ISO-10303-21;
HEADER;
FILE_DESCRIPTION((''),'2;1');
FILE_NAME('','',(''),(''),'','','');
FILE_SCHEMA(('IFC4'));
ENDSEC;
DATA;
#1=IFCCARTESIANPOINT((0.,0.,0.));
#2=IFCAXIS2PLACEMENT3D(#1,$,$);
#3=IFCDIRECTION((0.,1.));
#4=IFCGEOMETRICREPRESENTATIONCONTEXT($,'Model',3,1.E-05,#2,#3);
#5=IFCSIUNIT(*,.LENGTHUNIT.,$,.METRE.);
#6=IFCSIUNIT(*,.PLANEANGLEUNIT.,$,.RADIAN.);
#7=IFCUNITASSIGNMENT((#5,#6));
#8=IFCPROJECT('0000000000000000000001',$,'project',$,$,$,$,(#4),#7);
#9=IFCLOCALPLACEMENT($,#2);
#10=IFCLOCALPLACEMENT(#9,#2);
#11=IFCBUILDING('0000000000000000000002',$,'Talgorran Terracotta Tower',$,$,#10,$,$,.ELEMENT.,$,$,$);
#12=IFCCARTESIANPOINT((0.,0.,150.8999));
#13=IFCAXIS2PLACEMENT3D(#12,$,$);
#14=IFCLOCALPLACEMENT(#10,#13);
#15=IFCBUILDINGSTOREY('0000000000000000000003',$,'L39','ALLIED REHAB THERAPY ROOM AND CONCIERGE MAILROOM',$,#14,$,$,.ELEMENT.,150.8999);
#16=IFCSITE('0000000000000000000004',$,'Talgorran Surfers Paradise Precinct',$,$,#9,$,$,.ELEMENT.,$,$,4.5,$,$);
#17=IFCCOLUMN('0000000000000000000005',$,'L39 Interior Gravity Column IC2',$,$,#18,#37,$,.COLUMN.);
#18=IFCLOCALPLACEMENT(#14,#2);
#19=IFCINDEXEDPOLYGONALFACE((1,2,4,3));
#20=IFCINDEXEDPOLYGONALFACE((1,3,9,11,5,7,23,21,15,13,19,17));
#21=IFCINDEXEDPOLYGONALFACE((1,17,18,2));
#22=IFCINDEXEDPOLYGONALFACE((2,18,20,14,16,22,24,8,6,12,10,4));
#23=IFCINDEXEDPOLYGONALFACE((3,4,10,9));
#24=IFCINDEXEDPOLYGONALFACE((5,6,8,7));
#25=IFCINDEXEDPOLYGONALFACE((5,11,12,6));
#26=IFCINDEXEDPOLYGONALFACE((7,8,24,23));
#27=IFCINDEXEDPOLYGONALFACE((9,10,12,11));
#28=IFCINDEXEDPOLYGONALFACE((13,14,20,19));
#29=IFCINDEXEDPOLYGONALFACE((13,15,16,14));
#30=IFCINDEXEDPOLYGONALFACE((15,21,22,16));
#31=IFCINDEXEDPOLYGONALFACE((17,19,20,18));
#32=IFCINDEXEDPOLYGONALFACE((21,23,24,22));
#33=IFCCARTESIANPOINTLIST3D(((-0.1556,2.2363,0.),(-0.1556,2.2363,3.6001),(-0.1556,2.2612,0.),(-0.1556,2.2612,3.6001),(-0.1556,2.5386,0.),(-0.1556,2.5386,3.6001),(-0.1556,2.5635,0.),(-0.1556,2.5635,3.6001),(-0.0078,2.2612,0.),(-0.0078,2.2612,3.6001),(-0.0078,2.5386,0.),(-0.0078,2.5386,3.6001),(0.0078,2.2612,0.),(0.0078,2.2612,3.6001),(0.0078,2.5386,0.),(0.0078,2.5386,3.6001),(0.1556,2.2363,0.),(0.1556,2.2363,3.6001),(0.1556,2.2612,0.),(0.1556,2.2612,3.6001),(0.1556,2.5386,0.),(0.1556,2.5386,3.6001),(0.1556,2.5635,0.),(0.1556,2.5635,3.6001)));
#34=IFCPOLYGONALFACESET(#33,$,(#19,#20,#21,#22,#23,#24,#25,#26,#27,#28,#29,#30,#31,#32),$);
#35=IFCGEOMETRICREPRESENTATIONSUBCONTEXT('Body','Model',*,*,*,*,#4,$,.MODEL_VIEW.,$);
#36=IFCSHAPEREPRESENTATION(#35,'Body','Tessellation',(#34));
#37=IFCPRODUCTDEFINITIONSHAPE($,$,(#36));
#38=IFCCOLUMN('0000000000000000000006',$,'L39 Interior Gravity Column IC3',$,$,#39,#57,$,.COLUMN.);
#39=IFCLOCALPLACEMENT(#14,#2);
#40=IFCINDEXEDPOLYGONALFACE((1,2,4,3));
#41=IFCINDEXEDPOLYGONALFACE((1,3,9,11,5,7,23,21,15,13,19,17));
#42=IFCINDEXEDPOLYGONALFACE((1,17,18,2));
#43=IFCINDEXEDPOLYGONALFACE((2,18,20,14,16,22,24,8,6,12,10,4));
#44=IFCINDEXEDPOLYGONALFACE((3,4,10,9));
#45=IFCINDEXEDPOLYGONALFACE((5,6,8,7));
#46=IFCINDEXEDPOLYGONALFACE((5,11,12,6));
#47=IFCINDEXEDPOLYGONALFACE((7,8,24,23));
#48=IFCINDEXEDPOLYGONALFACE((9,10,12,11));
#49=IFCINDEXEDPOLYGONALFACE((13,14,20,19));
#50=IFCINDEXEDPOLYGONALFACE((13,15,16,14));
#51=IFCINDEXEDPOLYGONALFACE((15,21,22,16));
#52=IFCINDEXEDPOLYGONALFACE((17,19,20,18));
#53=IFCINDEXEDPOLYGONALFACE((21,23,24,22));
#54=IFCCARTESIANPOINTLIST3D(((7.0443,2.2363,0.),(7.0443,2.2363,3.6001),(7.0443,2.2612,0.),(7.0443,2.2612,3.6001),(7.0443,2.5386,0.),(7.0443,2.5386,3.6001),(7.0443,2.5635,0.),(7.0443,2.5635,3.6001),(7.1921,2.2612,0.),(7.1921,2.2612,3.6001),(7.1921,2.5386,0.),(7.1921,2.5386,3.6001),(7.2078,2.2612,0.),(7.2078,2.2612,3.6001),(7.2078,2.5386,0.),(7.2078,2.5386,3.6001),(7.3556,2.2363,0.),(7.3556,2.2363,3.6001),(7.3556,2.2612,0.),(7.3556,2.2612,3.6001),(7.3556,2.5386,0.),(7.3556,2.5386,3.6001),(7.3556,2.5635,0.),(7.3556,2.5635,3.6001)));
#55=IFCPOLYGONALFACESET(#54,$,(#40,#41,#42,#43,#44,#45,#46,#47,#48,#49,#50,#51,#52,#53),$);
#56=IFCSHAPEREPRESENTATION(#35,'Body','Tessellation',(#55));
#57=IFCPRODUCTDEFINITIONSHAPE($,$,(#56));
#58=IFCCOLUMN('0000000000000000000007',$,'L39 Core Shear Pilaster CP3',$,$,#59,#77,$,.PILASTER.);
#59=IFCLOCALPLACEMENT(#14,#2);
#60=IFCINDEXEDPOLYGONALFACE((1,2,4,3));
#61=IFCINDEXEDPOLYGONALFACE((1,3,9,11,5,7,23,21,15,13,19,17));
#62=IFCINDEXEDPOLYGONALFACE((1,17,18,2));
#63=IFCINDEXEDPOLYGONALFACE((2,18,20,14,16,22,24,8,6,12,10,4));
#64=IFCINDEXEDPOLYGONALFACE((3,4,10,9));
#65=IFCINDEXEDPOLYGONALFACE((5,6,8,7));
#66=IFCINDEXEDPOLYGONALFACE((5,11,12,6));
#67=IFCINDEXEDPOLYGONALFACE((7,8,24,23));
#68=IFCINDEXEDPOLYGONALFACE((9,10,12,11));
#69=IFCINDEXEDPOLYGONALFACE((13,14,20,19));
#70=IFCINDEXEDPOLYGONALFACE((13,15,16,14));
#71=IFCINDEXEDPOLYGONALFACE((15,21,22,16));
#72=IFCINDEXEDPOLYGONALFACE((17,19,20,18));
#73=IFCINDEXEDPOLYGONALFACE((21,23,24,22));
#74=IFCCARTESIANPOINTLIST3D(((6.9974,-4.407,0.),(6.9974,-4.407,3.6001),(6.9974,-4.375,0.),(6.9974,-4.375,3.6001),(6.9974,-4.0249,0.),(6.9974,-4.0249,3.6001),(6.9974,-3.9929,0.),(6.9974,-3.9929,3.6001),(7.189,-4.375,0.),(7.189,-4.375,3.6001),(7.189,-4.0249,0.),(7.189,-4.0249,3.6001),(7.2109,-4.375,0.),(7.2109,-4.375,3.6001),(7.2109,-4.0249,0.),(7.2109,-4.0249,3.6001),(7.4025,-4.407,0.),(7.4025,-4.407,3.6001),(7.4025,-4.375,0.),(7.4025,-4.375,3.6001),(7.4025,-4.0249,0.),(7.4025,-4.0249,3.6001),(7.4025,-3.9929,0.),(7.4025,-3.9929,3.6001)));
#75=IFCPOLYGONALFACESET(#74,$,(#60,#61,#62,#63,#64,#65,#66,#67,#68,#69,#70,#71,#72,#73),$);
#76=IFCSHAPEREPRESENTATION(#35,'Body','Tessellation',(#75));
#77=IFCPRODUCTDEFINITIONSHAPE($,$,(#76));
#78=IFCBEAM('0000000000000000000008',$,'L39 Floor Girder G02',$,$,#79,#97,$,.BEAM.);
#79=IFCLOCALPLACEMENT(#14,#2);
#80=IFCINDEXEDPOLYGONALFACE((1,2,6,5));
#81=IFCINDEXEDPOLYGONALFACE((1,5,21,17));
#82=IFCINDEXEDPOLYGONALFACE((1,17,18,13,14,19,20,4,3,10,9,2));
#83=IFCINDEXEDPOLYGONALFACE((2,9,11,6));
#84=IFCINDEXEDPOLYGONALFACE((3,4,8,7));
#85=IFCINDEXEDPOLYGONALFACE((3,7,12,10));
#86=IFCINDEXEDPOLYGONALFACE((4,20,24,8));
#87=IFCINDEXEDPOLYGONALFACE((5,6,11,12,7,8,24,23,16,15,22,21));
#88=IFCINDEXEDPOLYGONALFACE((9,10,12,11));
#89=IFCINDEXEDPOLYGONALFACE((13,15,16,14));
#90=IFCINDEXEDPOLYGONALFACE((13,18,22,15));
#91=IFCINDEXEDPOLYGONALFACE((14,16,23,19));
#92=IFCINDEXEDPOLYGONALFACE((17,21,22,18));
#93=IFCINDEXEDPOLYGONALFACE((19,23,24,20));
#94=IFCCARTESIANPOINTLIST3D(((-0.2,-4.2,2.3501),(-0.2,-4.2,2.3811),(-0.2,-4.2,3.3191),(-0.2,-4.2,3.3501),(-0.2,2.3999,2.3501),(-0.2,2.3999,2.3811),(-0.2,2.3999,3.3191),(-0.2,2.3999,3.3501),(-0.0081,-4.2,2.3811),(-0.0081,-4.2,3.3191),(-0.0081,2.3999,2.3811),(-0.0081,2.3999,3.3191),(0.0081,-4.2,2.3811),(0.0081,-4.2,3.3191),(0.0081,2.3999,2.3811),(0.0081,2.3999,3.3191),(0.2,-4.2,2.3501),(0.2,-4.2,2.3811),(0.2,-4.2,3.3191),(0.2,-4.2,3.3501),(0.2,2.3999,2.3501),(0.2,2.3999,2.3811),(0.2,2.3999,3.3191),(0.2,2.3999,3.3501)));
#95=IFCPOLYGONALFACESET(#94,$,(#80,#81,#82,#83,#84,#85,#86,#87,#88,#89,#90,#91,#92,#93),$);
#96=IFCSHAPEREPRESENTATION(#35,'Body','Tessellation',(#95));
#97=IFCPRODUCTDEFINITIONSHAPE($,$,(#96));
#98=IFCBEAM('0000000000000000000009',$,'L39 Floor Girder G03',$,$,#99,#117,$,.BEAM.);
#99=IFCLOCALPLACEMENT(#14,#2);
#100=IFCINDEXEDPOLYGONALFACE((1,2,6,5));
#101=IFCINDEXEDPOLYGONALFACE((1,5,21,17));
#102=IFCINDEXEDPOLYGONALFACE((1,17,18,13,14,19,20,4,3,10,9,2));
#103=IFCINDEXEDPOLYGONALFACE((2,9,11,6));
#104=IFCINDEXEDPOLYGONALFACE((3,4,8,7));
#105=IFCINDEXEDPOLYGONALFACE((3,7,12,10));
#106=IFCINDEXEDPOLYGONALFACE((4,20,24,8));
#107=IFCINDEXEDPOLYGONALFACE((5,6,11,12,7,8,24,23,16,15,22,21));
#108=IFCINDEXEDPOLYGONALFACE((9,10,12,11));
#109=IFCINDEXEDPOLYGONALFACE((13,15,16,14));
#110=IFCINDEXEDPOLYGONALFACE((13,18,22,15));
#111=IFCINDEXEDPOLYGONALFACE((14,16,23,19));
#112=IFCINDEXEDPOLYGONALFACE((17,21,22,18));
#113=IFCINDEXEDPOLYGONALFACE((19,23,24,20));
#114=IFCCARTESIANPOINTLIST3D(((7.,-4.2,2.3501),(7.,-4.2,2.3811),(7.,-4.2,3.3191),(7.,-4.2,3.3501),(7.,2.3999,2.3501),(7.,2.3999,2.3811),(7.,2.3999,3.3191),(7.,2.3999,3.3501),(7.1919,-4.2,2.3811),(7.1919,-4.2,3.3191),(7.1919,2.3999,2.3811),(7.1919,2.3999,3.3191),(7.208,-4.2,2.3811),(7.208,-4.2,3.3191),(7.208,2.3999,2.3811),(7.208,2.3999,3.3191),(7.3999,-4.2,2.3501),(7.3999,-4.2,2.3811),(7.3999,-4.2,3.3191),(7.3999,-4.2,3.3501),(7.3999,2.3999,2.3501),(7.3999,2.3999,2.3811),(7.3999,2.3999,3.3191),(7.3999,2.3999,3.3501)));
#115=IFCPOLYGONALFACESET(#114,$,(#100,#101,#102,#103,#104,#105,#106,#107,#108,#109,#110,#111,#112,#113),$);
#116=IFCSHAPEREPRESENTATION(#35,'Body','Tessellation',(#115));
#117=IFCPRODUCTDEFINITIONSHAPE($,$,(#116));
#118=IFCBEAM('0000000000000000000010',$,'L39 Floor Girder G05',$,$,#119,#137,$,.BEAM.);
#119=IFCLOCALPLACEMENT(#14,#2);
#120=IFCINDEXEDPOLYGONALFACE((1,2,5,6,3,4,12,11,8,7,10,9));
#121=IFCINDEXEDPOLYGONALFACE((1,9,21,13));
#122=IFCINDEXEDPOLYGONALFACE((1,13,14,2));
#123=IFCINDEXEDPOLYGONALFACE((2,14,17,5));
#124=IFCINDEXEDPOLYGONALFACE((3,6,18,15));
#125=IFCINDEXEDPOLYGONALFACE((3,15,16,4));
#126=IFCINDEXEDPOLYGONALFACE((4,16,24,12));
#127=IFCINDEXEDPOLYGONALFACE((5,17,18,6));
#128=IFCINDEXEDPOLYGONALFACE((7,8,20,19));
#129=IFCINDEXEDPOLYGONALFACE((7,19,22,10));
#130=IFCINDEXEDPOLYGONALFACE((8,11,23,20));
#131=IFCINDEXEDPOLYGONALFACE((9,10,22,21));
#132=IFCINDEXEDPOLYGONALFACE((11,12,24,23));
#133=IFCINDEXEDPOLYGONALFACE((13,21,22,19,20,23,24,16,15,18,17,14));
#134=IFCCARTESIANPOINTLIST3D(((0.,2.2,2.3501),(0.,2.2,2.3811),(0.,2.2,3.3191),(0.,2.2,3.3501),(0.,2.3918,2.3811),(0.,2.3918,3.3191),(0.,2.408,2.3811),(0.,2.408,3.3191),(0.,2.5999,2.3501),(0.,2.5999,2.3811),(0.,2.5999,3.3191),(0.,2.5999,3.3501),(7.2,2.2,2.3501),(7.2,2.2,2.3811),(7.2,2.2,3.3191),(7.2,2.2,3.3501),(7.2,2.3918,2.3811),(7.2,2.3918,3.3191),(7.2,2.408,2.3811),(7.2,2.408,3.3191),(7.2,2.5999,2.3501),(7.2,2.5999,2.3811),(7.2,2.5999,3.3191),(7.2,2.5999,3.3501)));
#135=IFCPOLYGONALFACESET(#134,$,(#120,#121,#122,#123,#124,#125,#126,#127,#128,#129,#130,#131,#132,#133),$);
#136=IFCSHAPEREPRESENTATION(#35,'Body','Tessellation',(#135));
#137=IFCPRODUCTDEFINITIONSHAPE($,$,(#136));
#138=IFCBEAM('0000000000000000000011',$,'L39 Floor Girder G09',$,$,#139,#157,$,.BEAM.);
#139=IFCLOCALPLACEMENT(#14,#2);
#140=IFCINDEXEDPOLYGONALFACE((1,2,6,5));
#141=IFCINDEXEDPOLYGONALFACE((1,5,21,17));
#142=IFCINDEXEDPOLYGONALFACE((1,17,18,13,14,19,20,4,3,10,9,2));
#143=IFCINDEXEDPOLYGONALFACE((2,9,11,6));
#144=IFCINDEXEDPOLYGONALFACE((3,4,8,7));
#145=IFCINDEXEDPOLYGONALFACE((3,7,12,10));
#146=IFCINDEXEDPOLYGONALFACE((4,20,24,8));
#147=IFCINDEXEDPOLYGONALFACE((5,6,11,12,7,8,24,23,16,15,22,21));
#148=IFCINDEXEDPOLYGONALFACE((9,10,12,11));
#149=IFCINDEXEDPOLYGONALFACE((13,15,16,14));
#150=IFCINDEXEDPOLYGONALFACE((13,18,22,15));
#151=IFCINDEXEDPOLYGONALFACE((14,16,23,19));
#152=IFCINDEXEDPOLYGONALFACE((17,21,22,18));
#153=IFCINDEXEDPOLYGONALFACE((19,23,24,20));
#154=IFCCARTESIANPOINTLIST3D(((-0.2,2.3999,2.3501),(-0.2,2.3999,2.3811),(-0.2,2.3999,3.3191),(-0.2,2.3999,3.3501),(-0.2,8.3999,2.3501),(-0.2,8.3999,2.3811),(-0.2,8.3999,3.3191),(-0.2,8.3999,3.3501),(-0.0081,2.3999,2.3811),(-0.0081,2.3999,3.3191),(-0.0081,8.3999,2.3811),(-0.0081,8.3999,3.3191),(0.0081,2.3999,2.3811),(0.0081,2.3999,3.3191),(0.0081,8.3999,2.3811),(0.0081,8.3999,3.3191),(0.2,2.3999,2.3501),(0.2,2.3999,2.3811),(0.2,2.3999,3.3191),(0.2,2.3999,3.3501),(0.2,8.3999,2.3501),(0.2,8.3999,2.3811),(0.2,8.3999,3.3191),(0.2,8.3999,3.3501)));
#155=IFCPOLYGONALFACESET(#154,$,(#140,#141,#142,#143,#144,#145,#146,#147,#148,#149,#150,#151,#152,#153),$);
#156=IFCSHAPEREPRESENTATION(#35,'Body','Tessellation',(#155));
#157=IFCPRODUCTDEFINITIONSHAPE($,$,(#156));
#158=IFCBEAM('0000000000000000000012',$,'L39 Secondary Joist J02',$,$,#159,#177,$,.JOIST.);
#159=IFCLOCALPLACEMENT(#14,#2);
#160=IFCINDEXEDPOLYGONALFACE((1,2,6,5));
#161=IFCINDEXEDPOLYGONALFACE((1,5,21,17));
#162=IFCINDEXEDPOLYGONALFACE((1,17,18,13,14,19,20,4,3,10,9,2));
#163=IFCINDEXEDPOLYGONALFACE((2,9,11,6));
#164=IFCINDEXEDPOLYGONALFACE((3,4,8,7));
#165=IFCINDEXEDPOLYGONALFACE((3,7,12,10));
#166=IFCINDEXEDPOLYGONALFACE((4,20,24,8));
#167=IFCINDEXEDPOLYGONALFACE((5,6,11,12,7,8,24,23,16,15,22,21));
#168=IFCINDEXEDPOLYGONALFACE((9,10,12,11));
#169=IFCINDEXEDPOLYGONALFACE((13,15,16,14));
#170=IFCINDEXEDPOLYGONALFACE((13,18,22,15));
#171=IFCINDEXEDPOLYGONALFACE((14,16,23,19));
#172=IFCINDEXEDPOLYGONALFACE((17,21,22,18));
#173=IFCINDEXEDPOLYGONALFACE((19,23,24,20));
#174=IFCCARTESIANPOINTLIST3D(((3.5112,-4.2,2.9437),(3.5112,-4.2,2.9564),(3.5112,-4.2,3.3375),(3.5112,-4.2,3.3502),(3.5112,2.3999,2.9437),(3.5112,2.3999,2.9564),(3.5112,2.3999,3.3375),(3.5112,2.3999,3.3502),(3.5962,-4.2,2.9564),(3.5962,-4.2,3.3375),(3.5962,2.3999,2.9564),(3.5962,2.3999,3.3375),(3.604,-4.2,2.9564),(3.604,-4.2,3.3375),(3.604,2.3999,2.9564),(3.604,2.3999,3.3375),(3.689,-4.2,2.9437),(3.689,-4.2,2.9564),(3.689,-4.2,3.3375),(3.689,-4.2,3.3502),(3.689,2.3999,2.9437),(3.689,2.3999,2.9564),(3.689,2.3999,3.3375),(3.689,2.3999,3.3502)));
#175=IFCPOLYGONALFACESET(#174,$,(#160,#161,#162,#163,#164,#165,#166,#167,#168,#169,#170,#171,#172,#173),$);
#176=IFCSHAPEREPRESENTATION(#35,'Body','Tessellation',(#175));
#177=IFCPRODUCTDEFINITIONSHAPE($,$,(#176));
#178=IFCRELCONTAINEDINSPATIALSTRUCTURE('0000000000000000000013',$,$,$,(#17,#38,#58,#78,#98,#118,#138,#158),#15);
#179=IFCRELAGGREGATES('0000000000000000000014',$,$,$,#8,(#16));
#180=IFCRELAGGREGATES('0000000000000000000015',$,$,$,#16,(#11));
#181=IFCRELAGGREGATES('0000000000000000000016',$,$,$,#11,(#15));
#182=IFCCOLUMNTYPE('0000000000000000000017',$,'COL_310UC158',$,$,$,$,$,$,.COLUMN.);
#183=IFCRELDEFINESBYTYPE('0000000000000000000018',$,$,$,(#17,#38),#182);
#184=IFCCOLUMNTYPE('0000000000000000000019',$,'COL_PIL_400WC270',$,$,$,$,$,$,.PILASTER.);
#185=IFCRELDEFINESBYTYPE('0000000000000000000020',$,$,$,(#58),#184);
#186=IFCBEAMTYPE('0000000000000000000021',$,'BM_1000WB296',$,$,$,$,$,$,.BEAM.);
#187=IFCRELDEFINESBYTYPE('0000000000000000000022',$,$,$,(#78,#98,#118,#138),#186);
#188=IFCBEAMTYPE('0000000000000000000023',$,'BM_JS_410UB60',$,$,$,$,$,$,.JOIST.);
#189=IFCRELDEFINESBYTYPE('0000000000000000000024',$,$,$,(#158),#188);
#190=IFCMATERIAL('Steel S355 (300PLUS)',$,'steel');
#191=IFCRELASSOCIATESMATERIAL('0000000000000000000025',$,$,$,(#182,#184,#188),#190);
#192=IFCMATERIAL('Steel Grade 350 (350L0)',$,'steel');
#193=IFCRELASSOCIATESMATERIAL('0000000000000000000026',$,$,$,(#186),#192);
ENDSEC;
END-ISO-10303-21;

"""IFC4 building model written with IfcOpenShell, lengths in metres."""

from ifc_helpers import new_model, si_unit, direction, frame, origin, origin_2d, place, context, subcontext, project, spatial, i_section, extrude, material, material_profile, profile_set, type_object, element, save


model = new_model("IFC4")

# Units and contexts
model_context = context("Model", 3, precision=1e-05, world=origin(), true_north=direction((0.0, 1.0)))
body_context = subcontext(model_context, "Body", "Model", "MODEL_VIEW")
ifc_project = project(units=[si_unit("LENGTHUNIT", "METRE"), si_unit("PLANEANGLEUNIT", "RADIAN")], contexts=[model_context])

# Site, building, storey
site_placement = place(None, origin())
site = spatial("IfcSite", under=ifc_project, at=site_placement, Name="Talgorran Surfers Paradise Precinct", CompositionType="ELEMENT", RefElevation=4.5)
building_placement = place(site_placement, origin())
building = spatial("IfcBuilding", under=site, at=building_placement, Name="Talgorran Terracotta Tower", CompositionType="ELEMENT")
storey_placement = place(building_placement, frame((0.0, 0.0, 150.8999)))
storey = spatial("IfcBuildingStorey", under=building, at=storey_placement, Name="L39", Description="ALLIED REHAB THERAPY ROOM AND CONCIERGE MAILROOM", CompositionType="ELEMENT", Elevation=150.8999)

# Columns
ifc_material_1 = material(Name="Steel S355 (300PLUS)", Category="steel")
ifc_material_profile_1 = material_profile(ifc_material_1, i_section(OverallWidth=0.3113, OverallDepth=0.3271, WebThickness=0.0156, FlangeThickness=0.0249, at=origin_2d()), Name="310UC158")
ifc_profile_set_1 = profile_set([ifc_material_profile_1], Name="Steel S355 (300PLUS)")
column_type_1 = type_object("IfcColumnType", Name="COL_310UC158", PredefinedType="COLUMN", material=ifc_profile_set_1)
for number, where, z_axis, x_axis, name in (
    (1, (0.0, 2.3999, 0.0), (0.0, 0.0, 1.0), (1.0, 0.0, 0.0), "L39 Interior Gravity Column IC2"),
    (2, (7.2, 2.3999, 0.0), (0.0, 0.0, 1.0), (1.0, 0.0, 0.0), "L39 Interior Gravity Column IC3"),
):
    element("IfcColumn", number, at=place(storey_placement, frame(where, z_axis=z_axis, x_axis=x_axis)), inside=storey, type_object=column_type_1, Name=name, PredefinedType="COLUMN", context=body_context, shape_type="SweptSolid", body=[
        extrude(i_section(OverallWidth=0.3113, OverallDepth=0.3271, WebThickness=0.0156, FlangeThickness=0.0249, at=origin_2d()), origin(), (0.0, 0.0, 1.0), 3.6001),
    ])
ifc_material_profile_2 = material_profile(ifc_material_1, i_section(OverallWidth=0.405, OverallDepth=0.4141, WebThickness=0.022, FlangeThickness=0.032, at=origin_2d()), Name="400WC270")
ifc_profile_set_2 = profile_set([ifc_material_profile_2], Name="Steel S355 (300PLUS)")
column_type_2 = type_object("IfcColumnType", Name="COL_PIL_400WC270", PredefinedType="PILASTER", material=ifc_profile_set_2)
column_placement = place(storey_placement, frame((7.2, -4.2, 0.0), z_axis=(0.0, 0.0, 1.0), x_axis=(1.0, 0.0, 0.0)))
element("IfcColumn", 3, at=column_placement, inside=storey, type_object=column_type_2, Name="L39 Core Shear Pilaster CP3", PredefinedType="PILASTER", context=body_context, shape_type="SweptSolid", body=[
    extrude(i_section(OverallWidth=0.405, OverallDepth=0.4141, WebThickness=0.022, FlangeThickness=0.032, at=origin_2d()), origin(), (0.0, 0.0, 1.0), 3.6001),
])

# Beams
ifc_material_2 = material(Name="Steel Grade 350 (350L0)", Category="steel")
ifc_material_profile_3 = material_profile(ifc_material_2, i_section(OverallWidth=0.3999, OverallDepth=1.0, WebThickness=0.0161, FlangeThickness=0.031, at=origin_2d()), Name="1000WB296")
ifc_profile_set_3 = profile_set([ifc_material_profile_3], Name="Steel Grade 350 (350L0)")
beam_type_1 = type_object("IfcBeamType", Name="BM_1000WB296", PredefinedType="BEAM", material=ifc_profile_set_3)
for number, where, z_axis, x_axis, name in (
    (4, (0.0, -4.2, 2.8501), (0.0, 1.0, 0.0), (-1.0, 0.0, 0.0), "L39 Floor Girder G02"),
    (5, (7.2, -4.2, 2.8501), (0.0, 1.0, 0.0), (-1.0, 0.0, 0.0), "L39 Floor Girder G03"),
):
    element("IfcBeam", number, at=place(storey_placement, frame(where, z_axis=z_axis, x_axis=x_axis)), inside=storey, type_object=beam_type_1, Name=name, PredefinedType="BEAM", context=body_context, shape_type="SweptSolid", body=[
        extrude(i_section(OverallWidth=0.3999, OverallDepth=1.0, WebThickness=0.0161, FlangeThickness=0.031, at=origin_2d()), origin(), (0.0, 0.0, 1.0), 6.5999),
    ])
beam_1_placement = place(storey_placement, frame((0.0, 2.3999, 2.8501), z_axis=(1.0, 0.0, 0.0), x_axis=(0.0, 1.0, 0.0)))
element("IfcBeam", 6, at=beam_1_placement, inside=storey, type_object=beam_type_1, Name="L39 Floor Girder G05", PredefinedType="BEAM", context=body_context, shape_type="SweptSolid", body=[
    extrude(i_section(OverallWidth=0.3999, OverallDepth=1.0, WebThickness=0.0161, FlangeThickness=0.031, at=origin_2d()), origin(), (0.0, 0.0, 1.0), 7.2),
])
beam_2_placement = place(storey_placement, frame((0.0, 2.3999, 2.8501), z_axis=(0.0, 1.0, 0.0), x_axis=(-1.0, 0.0, 0.0)))
element("IfcBeam", 7, at=beam_2_placement, inside=storey, type_object=beam_type_1, Name="L39 Floor Girder G09", PredefinedType="BEAM", context=body_context, shape_type="SweptSolid", body=[
    extrude(i_section(OverallWidth=0.3999, OverallDepth=1.0, WebThickness=0.0161, FlangeThickness=0.031, at=origin_2d()), origin(), (0.0, 0.0, 1.0), 6.0),
])
ifc_material_profile_4 = material_profile(ifc_material_1, i_section(OverallWidth=0.1777, OverallDepth=0.4065, WebThickness=0.0078, FlangeThickness=0.0127, at=origin_2d()), Name="410UB59.7")
ifc_profile_set_4 = profile_set([ifc_material_profile_4], Name="Steel S355 (300PLUS)")
beam_type_2 = type_object("IfcBeamType", Name="BM_JS_410UB60", PredefinedType="JOIST", material=ifc_profile_set_4)
beam_3_placement = place(storey_placement, frame((3.6001, -4.2, 3.147), z_axis=(0.0, 1.0, 0.0), x_axis=(-1.0, 0.0, 0.0)))
element("IfcBeam", 8, at=beam_3_placement, inside=storey, type_object=beam_type_2, Name="L39 Secondary Joist J02", PredefinedType="JOIST", context=body_context, shape_type="SweptSolid", body=[
    extrude(i_section(OverallWidth=0.1777, OverallDepth=0.4065, WebThickness=0.0078, FlangeThickness=0.0127, at=origin_2d()), origin(), (0.0, 0.0, 1.0), 6.5999),
])

save(model, "model.ifc")
